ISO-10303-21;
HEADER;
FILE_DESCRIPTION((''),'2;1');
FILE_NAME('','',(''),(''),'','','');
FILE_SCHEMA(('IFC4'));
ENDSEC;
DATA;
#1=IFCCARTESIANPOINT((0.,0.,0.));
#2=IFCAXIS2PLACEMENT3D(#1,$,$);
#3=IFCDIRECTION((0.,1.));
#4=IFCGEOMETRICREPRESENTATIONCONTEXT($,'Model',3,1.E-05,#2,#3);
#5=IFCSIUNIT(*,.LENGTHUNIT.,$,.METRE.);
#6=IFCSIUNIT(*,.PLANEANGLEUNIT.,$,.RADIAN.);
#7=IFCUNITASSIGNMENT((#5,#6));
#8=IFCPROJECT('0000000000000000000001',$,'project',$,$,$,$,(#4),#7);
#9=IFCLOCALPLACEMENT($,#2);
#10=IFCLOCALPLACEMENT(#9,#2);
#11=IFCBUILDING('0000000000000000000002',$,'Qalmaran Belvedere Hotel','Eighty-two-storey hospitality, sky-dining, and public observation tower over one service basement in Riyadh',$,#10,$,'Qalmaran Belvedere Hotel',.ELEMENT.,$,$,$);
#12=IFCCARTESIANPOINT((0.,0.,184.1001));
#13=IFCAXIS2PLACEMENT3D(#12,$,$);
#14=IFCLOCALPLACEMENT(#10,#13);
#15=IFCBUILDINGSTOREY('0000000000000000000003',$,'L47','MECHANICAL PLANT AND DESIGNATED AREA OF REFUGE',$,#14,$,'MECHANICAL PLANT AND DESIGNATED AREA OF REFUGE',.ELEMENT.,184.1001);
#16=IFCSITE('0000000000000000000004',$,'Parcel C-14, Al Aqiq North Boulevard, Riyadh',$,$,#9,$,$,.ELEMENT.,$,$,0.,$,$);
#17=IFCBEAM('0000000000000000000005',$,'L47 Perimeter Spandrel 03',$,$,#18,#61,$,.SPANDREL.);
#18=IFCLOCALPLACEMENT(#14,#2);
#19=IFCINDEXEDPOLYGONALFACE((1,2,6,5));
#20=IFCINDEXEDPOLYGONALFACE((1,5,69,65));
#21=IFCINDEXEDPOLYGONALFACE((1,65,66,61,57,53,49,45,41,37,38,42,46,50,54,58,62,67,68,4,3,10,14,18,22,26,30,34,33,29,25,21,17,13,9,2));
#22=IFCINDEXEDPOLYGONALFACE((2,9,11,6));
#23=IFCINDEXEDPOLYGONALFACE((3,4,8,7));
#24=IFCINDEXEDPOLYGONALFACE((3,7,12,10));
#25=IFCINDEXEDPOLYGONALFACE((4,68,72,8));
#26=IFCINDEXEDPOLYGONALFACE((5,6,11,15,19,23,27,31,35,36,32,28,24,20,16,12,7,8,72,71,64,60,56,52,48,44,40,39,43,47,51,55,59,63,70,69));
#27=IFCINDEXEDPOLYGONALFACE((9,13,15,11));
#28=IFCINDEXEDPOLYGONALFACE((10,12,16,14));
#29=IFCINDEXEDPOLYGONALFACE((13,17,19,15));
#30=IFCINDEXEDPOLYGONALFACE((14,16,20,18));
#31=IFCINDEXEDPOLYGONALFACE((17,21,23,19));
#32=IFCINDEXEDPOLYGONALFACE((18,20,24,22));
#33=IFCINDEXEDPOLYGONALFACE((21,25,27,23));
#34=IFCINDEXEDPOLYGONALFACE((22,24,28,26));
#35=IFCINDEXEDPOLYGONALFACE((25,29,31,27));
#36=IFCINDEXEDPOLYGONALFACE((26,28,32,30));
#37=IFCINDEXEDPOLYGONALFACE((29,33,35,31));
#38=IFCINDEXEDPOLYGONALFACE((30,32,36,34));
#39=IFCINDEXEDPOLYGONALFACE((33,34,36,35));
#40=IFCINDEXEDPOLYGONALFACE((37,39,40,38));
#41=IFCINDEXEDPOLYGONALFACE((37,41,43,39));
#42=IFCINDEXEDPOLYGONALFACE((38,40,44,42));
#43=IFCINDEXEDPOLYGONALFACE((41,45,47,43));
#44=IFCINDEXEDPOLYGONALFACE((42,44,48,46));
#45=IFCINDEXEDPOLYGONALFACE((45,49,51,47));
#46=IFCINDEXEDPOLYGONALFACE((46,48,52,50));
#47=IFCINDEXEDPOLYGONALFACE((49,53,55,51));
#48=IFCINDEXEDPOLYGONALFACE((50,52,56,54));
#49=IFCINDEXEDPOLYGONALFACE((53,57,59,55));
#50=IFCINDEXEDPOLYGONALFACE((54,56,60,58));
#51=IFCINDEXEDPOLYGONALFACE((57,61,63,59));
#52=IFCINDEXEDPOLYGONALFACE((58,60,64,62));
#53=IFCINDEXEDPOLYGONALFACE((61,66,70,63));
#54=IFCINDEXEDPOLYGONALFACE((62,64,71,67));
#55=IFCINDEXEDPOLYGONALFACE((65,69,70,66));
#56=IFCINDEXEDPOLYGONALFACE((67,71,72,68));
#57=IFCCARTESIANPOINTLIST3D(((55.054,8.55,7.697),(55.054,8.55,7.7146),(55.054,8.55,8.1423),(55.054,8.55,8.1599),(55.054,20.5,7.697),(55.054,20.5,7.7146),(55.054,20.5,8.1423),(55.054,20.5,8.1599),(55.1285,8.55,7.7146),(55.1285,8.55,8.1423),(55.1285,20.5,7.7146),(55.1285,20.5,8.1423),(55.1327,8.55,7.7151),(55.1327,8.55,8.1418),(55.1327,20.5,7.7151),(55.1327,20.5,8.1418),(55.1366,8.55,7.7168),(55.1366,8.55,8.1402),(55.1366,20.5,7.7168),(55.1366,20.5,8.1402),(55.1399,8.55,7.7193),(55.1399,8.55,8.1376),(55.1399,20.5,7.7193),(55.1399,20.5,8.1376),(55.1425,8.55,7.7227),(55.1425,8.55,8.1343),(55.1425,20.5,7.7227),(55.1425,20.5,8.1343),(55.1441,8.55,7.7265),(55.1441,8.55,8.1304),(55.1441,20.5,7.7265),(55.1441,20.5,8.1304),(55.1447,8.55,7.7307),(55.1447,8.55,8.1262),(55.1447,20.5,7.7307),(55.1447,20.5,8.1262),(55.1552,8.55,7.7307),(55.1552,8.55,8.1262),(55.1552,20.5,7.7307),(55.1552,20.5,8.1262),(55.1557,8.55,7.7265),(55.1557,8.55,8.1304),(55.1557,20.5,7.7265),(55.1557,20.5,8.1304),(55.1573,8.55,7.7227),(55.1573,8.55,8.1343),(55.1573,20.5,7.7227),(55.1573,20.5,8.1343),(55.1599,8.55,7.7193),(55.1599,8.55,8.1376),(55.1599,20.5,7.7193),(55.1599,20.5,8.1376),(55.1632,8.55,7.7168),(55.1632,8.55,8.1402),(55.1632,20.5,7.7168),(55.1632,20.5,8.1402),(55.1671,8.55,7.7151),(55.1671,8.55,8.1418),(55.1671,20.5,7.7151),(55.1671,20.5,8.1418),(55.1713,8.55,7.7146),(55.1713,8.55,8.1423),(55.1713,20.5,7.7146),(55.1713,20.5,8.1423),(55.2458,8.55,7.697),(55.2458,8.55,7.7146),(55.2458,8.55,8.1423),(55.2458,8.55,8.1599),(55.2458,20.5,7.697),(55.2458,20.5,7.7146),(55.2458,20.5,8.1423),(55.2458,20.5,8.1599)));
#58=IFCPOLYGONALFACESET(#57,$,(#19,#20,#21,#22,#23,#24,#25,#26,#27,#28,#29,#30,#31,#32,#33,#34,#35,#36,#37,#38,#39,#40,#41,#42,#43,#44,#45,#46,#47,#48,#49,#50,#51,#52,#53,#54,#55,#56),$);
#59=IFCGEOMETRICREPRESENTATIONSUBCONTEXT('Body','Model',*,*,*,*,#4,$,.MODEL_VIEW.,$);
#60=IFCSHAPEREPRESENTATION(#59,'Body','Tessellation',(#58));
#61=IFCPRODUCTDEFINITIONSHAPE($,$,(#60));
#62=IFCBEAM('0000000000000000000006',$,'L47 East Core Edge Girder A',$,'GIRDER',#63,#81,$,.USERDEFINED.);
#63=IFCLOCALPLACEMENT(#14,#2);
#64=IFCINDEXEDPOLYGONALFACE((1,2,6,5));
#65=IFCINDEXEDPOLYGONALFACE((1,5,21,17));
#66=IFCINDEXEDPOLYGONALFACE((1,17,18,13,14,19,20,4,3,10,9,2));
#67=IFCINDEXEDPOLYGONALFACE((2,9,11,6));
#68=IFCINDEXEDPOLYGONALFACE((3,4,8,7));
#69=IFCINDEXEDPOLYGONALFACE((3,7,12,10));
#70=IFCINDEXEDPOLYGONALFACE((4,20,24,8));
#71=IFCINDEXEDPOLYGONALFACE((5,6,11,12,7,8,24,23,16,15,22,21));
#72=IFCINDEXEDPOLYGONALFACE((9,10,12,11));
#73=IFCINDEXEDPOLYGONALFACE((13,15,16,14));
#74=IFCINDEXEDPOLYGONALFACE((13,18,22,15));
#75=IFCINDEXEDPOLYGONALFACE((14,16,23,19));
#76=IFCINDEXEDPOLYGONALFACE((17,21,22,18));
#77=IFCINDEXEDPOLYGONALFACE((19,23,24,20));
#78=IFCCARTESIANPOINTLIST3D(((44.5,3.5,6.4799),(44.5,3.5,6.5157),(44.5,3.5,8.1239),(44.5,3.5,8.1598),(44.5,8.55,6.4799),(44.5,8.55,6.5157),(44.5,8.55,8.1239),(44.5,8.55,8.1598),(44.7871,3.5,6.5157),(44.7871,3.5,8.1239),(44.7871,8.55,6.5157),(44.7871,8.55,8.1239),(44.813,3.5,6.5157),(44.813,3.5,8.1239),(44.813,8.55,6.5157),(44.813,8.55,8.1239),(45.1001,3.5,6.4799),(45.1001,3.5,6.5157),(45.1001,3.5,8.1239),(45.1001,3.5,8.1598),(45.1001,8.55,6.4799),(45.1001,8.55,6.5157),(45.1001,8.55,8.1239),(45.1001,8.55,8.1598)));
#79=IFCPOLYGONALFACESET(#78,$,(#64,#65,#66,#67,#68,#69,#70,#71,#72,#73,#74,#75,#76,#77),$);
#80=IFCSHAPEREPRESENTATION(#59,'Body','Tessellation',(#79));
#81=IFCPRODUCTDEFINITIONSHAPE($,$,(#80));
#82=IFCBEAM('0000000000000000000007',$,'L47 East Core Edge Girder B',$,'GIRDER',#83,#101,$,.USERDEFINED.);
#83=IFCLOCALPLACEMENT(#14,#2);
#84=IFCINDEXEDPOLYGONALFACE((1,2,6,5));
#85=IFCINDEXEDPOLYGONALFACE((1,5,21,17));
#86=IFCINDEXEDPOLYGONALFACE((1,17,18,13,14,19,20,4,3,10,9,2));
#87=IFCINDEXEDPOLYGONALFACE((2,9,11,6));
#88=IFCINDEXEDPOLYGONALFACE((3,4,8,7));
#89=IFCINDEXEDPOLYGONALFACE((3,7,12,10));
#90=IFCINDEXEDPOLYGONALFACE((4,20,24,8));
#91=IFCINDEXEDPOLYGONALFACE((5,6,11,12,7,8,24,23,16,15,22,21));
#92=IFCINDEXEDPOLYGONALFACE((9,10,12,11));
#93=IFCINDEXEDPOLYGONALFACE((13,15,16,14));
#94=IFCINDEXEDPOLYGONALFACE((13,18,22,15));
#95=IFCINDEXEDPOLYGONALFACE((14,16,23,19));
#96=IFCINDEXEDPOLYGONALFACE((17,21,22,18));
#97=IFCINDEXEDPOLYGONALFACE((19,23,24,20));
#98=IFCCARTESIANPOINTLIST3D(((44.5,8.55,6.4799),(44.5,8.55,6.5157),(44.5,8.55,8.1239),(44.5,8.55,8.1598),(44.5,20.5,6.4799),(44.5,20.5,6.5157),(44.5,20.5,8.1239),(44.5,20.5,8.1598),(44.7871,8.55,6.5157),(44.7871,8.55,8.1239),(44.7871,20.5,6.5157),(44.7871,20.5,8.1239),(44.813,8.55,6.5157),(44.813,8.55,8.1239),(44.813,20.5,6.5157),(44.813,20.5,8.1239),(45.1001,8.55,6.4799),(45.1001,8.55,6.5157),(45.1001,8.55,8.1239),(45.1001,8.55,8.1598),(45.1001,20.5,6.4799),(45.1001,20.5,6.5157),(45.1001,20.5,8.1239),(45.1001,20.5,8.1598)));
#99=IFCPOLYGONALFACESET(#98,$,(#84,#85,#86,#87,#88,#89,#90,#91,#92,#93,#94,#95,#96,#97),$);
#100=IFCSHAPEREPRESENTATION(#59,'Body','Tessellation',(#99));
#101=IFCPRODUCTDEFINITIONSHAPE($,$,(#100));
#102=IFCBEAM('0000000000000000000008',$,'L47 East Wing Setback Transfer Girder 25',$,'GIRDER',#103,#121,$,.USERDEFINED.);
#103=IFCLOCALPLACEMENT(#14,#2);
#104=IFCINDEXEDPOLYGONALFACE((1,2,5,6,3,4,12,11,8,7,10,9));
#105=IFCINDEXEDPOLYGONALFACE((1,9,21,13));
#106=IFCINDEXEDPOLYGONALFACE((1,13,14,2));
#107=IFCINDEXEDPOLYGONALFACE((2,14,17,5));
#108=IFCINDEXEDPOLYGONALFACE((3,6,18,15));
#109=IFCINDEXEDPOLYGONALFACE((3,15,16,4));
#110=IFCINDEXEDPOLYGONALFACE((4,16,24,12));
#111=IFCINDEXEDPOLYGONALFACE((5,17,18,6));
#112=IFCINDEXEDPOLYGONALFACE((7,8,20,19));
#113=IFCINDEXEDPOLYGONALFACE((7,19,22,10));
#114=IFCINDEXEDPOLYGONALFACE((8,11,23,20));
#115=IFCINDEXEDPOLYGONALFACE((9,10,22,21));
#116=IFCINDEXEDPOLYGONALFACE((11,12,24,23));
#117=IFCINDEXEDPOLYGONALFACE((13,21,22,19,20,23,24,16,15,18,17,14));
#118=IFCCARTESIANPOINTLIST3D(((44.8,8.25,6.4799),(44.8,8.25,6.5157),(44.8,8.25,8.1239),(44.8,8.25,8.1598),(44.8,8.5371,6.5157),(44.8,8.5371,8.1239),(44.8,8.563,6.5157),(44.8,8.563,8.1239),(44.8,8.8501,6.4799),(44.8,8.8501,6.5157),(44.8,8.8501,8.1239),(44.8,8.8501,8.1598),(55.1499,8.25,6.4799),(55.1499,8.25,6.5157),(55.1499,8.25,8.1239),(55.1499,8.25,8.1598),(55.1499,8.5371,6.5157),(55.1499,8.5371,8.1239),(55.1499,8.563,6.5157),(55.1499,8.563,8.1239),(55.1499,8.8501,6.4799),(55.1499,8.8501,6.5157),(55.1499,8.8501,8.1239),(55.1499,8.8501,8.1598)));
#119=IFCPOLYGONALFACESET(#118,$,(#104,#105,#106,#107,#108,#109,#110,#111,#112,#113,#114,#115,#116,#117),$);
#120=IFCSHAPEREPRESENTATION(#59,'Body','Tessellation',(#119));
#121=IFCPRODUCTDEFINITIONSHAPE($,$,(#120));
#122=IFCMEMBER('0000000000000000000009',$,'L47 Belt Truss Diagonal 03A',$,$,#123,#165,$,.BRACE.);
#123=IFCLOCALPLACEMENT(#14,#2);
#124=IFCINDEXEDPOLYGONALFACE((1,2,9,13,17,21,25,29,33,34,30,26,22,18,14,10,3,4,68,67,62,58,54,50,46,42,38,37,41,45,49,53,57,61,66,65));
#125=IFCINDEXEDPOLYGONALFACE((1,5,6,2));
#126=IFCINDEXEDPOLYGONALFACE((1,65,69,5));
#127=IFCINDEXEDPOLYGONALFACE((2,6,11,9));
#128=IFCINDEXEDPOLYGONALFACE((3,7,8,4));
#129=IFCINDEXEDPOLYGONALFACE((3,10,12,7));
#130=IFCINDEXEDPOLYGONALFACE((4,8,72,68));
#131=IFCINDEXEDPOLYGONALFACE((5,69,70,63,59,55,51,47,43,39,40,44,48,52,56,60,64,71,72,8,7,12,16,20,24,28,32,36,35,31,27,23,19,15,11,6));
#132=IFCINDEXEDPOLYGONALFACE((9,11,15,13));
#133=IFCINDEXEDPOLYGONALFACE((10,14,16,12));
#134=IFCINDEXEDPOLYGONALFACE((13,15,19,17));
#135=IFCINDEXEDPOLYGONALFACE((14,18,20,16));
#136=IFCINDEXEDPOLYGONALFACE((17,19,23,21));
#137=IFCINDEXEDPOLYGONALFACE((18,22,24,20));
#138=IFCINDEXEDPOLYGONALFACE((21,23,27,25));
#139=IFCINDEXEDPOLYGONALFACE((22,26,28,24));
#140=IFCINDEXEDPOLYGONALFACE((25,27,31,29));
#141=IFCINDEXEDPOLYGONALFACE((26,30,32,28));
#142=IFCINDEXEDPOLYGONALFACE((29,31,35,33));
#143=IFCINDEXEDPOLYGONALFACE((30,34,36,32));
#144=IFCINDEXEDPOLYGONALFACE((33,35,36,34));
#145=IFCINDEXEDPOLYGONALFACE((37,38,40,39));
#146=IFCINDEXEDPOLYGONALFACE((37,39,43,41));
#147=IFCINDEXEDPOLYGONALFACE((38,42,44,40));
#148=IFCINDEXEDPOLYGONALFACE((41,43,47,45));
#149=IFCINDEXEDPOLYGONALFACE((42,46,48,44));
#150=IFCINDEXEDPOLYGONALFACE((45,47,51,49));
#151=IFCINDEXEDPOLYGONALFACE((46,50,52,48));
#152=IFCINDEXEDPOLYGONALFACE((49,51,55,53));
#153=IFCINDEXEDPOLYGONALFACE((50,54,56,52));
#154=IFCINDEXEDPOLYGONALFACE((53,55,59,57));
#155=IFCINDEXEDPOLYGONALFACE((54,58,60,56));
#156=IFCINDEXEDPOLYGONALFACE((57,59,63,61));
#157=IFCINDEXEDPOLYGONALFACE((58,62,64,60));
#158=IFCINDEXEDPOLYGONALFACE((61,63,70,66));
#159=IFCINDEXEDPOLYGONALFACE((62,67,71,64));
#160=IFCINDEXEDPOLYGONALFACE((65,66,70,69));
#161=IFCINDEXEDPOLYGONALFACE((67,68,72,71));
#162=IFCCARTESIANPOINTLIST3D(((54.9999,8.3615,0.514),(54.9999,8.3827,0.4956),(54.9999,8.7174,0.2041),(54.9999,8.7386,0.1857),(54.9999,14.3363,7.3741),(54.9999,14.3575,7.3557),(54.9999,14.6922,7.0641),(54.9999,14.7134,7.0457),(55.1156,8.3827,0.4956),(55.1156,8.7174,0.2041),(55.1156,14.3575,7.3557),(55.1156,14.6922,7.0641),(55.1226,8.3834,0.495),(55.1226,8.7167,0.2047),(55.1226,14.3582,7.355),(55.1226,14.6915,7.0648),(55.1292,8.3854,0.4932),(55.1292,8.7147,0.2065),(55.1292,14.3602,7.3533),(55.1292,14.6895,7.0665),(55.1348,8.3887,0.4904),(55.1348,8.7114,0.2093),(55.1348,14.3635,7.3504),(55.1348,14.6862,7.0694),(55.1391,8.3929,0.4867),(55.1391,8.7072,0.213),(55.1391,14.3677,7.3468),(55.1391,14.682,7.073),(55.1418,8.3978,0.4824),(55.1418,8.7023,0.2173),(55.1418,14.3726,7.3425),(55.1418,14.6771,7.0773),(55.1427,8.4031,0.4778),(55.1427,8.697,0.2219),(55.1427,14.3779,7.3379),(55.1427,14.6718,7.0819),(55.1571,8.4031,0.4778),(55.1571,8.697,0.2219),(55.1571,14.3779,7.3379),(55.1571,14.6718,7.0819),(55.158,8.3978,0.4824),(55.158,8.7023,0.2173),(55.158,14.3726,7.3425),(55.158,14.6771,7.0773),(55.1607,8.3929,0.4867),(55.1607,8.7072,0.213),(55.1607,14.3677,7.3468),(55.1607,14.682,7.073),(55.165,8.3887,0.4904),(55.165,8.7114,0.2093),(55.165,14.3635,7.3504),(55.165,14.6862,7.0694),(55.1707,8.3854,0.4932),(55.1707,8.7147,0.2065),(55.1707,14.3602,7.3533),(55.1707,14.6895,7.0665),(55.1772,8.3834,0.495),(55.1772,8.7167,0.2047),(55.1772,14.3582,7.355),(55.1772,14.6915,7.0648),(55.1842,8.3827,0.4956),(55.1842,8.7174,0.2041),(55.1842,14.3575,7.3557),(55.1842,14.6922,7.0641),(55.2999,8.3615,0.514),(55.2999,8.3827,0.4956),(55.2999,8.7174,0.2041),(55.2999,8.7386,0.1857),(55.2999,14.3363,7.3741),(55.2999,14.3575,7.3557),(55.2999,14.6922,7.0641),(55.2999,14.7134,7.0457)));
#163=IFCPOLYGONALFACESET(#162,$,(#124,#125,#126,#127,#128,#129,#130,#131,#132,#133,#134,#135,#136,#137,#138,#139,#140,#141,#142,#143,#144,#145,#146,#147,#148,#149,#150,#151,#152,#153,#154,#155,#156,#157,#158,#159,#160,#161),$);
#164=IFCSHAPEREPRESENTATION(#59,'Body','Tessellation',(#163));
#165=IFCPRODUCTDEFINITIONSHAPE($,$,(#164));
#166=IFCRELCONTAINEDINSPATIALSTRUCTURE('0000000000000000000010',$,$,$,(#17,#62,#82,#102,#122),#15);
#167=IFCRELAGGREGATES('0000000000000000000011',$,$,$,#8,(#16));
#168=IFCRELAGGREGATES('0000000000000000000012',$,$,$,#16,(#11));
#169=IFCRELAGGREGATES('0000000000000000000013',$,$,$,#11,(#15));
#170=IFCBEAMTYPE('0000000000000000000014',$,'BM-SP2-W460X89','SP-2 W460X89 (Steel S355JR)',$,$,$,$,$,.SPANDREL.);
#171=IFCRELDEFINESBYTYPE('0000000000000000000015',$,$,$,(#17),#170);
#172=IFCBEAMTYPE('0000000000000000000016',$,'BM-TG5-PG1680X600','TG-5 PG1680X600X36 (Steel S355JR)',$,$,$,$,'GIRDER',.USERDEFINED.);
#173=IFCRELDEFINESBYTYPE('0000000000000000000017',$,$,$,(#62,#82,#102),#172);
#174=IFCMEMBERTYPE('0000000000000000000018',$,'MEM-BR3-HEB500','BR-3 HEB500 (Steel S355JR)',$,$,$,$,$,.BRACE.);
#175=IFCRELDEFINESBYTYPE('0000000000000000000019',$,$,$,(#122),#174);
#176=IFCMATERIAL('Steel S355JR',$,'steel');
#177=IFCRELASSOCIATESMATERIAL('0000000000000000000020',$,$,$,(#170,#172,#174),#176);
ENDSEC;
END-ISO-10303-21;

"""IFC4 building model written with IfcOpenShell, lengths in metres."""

from ifc_helpers import new_model, si_unit, direction, frame, origin, origin_2d, place, context, subcontext, project, spatial, i_section, extrude, material, material_profile, profile_set, type_object, element, save


model = new_model("IFC4")

# Units and contexts
model_context = context("Model", 3, precision=1e-05, world=origin(), true_north=direction((0.0, 1.0)))
body_context = subcontext(model_context, "Body", "Model", "MODEL_VIEW")
ifc_project = project(units=[si_unit("LENGTHUNIT", "METRE"), si_unit("PLANEANGLEUNIT", "RADIAN")], contexts=[model_context])

# Site, building, storey
site_placement = place(None, origin())
site = spatial("IfcSite", under=ifc_project, at=site_placement, Name="Parcel C-14, Al Aqiq North Boulevard, Riyadh", CompositionType="ELEMENT", RefElevation=0.0)
building_placement = place(site_placement, origin())
building = spatial("IfcBuilding", under=site, at=building_placement, Name="Qalmaran Belvedere Hotel", Description="Eighty-two-storey hospitality, sky-dining, and public observation tower over one service basement in Riyadh", LongName="Qalmaran Belvedere Hotel", CompositionType="ELEMENT")
storey_placement = place(building_placement, frame((0.0, 0.0, 184.1001)))
storey = spatial("IfcBuildingStorey", under=building, at=storey_placement, Name="L47", Description="MECHANICAL PLANT AND DESIGNATED AREA OF REFUGE", LongName="MECHANICAL PLANT AND DESIGNATED AREA OF REFUGE", CompositionType="ELEMENT", Elevation=184.1001)

# Beams
ifc_material_1 = material(Name="Steel S355JR", Category="steel")
ifc_material_profile_1 = material_profile(ifc_material_1, i_section(OverallWidth=0.1919, OverallDepth=0.4629, WebThickness=0.0105, FlangeThickness=0.0176, FilletRadius=0.0161, at=origin_2d()), Name="W460X89")
ifc_profile_set_1 = profile_set([ifc_material_profile_1], Name="Steel S355JR")
beam_type_1 = type_object("IfcBeamType", Name="BM-SP2-W460X89", Description="SP-2 W460X89 (Steel S355JR)", PredefinedType="SPANDREL", material=ifc_profile_set_1)
beam_1_placement = place(storey_placement, frame((55.1499, 8.55, 7.9285), z_axis=(0.0, 1.0, 0.0), x_axis=(-1.0, 0.0, 0.0)))
element("IfcBeam", 1, at=beam_1_placement, inside=storey, type_object=beam_type_1, Name="L47 Perimeter Spandrel 03", PredefinedType="SPANDREL", context=body_context, shape_type="SweptSolid", body=[
    extrude(i_section(OverallWidth=0.1919, OverallDepth=0.4629, WebThickness=0.0105, FlangeThickness=0.0176, FilletRadius=0.0161, at=origin_2d()), origin(), (0.0, 0.0, 1.0), 11.95),
])
ifc_material_profile_2 = material_profile(ifc_material_1, i_section(OverallWidth=0.6001, OverallDepth=1.6799, WebThickness=0.0259, FlangeThickness=0.0359, at=origin_2d()), Name="PG1680X600X36")
ifc_profile_set_2 = profile_set([ifc_material_profile_2], Name="Steel S355JR")
beam_type_2 = type_object("IfcBeamType", Name="BM-TG5-PG1680X600", Description="TG-5 PG1680X600X36 (Steel S355JR)", ElementType="GIRDER", PredefinedType="USERDEFINED", material=ifc_profile_set_2)
beam_2_placement = place(storey_placement, frame((44.8, 3.5, 7.3198), z_axis=(0.0, 1.0, 0.0), x_axis=(-1.0, 0.0, 0.0)))
element("IfcBeam", 2, at=beam_2_placement, inside=storey, type_object=beam_type_2, Name="L47 East Core Edge Girder A", ObjectType="GIRDER", PredefinedType="USERDEFINED", context=body_context, shape_type="SweptSolid", body=[
    extrude(i_section(OverallWidth=0.6001, OverallDepth=1.6799, WebThickness=0.0259, FlangeThickness=0.0359, at=origin_2d()), origin(), (0.0, 0.0, 1.0), 5.05),
])
beam_3_placement = place(storey_placement, frame((44.8, 8.55, 7.3198), z_axis=(0.0, 1.0, 0.0), x_axis=(-1.0, 0.0, 0.0)))
element("IfcBeam", 3, at=beam_3_placement, inside=storey, type_object=beam_type_2, Name="L47 East Core Edge Girder B", ObjectType="GIRDER", PredefinedType="USERDEFINED", context=body_context, shape_type="SweptSolid", body=[
    extrude(i_section(OverallWidth=0.6001, OverallDepth=1.6799, WebThickness=0.0259, FlangeThickness=0.0359, at=origin_2d()), origin(), (0.0, 0.0, 1.0), 11.95),
])
beam_4_placement = place(storey_placement, frame((44.8, 8.55, 7.3198), z_axis=(1.0, 0.0, 0.0), x_axis=(0.0, 1.0, 0.0)))
element("IfcBeam", 4, at=beam_4_placement, inside=storey, type_object=beam_type_2, Name="L47 East Wing Setback Transfer Girder 25", ObjectType="GIRDER", PredefinedType="USERDEFINED", context=body_context, shape_type="SweptSolid", body=[
    extrude(i_section(OverallWidth=0.6001, OverallDepth=1.6799, WebThickness=0.0259, FlangeThickness=0.0359, at=origin_2d()), origin(), (0.0, 0.0, 1.0), 10.3499),
])

# Member
ifc_material_profile_3 = material_profile(ifc_material_1, i_section(OverallWidth=0.3, OverallDepth=0.5, WebThickness=0.0144, FlangeThickness=0.0281, FilletRadius=0.0271, at=origin_2d()), Name="HEB500")
ifc_profile_set_3 = profile_set([ifc_material_profile_3], Name="Steel S355JR")
member_type_1 = type_object("IfcMemberType", Name="MEM-BR3-HEB500", Description="BR-3 HEB500 (Steel S355JR)", PredefinedType="BRACE", material=ifc_profile_set_3)
member_1_placement = place(storey_placement, frame((55.1499, 8.55, 0.3499), z_axis=(0.0, 0.656776, 0.754086), x_axis=(-1.0, 0.0, 0.0)))
element("IfcMember", 5, at=member_1_placement, inside=storey, type_object=member_type_1, Name="L47 Belt Truss Diagonal 03A", PredefinedType="BRACE", context=body_context, shape_type="SweptSolid", body=[
    extrude(i_section(OverallWidth=0.3, OverallDepth=0.5, WebThickness=0.0144, FlangeThickness=0.0281, FilletRadius=0.0271, at=origin_2d()), origin(), (0.0, 0.0, 1.0), 9.0972),
])

save(model, "model.ifc")
